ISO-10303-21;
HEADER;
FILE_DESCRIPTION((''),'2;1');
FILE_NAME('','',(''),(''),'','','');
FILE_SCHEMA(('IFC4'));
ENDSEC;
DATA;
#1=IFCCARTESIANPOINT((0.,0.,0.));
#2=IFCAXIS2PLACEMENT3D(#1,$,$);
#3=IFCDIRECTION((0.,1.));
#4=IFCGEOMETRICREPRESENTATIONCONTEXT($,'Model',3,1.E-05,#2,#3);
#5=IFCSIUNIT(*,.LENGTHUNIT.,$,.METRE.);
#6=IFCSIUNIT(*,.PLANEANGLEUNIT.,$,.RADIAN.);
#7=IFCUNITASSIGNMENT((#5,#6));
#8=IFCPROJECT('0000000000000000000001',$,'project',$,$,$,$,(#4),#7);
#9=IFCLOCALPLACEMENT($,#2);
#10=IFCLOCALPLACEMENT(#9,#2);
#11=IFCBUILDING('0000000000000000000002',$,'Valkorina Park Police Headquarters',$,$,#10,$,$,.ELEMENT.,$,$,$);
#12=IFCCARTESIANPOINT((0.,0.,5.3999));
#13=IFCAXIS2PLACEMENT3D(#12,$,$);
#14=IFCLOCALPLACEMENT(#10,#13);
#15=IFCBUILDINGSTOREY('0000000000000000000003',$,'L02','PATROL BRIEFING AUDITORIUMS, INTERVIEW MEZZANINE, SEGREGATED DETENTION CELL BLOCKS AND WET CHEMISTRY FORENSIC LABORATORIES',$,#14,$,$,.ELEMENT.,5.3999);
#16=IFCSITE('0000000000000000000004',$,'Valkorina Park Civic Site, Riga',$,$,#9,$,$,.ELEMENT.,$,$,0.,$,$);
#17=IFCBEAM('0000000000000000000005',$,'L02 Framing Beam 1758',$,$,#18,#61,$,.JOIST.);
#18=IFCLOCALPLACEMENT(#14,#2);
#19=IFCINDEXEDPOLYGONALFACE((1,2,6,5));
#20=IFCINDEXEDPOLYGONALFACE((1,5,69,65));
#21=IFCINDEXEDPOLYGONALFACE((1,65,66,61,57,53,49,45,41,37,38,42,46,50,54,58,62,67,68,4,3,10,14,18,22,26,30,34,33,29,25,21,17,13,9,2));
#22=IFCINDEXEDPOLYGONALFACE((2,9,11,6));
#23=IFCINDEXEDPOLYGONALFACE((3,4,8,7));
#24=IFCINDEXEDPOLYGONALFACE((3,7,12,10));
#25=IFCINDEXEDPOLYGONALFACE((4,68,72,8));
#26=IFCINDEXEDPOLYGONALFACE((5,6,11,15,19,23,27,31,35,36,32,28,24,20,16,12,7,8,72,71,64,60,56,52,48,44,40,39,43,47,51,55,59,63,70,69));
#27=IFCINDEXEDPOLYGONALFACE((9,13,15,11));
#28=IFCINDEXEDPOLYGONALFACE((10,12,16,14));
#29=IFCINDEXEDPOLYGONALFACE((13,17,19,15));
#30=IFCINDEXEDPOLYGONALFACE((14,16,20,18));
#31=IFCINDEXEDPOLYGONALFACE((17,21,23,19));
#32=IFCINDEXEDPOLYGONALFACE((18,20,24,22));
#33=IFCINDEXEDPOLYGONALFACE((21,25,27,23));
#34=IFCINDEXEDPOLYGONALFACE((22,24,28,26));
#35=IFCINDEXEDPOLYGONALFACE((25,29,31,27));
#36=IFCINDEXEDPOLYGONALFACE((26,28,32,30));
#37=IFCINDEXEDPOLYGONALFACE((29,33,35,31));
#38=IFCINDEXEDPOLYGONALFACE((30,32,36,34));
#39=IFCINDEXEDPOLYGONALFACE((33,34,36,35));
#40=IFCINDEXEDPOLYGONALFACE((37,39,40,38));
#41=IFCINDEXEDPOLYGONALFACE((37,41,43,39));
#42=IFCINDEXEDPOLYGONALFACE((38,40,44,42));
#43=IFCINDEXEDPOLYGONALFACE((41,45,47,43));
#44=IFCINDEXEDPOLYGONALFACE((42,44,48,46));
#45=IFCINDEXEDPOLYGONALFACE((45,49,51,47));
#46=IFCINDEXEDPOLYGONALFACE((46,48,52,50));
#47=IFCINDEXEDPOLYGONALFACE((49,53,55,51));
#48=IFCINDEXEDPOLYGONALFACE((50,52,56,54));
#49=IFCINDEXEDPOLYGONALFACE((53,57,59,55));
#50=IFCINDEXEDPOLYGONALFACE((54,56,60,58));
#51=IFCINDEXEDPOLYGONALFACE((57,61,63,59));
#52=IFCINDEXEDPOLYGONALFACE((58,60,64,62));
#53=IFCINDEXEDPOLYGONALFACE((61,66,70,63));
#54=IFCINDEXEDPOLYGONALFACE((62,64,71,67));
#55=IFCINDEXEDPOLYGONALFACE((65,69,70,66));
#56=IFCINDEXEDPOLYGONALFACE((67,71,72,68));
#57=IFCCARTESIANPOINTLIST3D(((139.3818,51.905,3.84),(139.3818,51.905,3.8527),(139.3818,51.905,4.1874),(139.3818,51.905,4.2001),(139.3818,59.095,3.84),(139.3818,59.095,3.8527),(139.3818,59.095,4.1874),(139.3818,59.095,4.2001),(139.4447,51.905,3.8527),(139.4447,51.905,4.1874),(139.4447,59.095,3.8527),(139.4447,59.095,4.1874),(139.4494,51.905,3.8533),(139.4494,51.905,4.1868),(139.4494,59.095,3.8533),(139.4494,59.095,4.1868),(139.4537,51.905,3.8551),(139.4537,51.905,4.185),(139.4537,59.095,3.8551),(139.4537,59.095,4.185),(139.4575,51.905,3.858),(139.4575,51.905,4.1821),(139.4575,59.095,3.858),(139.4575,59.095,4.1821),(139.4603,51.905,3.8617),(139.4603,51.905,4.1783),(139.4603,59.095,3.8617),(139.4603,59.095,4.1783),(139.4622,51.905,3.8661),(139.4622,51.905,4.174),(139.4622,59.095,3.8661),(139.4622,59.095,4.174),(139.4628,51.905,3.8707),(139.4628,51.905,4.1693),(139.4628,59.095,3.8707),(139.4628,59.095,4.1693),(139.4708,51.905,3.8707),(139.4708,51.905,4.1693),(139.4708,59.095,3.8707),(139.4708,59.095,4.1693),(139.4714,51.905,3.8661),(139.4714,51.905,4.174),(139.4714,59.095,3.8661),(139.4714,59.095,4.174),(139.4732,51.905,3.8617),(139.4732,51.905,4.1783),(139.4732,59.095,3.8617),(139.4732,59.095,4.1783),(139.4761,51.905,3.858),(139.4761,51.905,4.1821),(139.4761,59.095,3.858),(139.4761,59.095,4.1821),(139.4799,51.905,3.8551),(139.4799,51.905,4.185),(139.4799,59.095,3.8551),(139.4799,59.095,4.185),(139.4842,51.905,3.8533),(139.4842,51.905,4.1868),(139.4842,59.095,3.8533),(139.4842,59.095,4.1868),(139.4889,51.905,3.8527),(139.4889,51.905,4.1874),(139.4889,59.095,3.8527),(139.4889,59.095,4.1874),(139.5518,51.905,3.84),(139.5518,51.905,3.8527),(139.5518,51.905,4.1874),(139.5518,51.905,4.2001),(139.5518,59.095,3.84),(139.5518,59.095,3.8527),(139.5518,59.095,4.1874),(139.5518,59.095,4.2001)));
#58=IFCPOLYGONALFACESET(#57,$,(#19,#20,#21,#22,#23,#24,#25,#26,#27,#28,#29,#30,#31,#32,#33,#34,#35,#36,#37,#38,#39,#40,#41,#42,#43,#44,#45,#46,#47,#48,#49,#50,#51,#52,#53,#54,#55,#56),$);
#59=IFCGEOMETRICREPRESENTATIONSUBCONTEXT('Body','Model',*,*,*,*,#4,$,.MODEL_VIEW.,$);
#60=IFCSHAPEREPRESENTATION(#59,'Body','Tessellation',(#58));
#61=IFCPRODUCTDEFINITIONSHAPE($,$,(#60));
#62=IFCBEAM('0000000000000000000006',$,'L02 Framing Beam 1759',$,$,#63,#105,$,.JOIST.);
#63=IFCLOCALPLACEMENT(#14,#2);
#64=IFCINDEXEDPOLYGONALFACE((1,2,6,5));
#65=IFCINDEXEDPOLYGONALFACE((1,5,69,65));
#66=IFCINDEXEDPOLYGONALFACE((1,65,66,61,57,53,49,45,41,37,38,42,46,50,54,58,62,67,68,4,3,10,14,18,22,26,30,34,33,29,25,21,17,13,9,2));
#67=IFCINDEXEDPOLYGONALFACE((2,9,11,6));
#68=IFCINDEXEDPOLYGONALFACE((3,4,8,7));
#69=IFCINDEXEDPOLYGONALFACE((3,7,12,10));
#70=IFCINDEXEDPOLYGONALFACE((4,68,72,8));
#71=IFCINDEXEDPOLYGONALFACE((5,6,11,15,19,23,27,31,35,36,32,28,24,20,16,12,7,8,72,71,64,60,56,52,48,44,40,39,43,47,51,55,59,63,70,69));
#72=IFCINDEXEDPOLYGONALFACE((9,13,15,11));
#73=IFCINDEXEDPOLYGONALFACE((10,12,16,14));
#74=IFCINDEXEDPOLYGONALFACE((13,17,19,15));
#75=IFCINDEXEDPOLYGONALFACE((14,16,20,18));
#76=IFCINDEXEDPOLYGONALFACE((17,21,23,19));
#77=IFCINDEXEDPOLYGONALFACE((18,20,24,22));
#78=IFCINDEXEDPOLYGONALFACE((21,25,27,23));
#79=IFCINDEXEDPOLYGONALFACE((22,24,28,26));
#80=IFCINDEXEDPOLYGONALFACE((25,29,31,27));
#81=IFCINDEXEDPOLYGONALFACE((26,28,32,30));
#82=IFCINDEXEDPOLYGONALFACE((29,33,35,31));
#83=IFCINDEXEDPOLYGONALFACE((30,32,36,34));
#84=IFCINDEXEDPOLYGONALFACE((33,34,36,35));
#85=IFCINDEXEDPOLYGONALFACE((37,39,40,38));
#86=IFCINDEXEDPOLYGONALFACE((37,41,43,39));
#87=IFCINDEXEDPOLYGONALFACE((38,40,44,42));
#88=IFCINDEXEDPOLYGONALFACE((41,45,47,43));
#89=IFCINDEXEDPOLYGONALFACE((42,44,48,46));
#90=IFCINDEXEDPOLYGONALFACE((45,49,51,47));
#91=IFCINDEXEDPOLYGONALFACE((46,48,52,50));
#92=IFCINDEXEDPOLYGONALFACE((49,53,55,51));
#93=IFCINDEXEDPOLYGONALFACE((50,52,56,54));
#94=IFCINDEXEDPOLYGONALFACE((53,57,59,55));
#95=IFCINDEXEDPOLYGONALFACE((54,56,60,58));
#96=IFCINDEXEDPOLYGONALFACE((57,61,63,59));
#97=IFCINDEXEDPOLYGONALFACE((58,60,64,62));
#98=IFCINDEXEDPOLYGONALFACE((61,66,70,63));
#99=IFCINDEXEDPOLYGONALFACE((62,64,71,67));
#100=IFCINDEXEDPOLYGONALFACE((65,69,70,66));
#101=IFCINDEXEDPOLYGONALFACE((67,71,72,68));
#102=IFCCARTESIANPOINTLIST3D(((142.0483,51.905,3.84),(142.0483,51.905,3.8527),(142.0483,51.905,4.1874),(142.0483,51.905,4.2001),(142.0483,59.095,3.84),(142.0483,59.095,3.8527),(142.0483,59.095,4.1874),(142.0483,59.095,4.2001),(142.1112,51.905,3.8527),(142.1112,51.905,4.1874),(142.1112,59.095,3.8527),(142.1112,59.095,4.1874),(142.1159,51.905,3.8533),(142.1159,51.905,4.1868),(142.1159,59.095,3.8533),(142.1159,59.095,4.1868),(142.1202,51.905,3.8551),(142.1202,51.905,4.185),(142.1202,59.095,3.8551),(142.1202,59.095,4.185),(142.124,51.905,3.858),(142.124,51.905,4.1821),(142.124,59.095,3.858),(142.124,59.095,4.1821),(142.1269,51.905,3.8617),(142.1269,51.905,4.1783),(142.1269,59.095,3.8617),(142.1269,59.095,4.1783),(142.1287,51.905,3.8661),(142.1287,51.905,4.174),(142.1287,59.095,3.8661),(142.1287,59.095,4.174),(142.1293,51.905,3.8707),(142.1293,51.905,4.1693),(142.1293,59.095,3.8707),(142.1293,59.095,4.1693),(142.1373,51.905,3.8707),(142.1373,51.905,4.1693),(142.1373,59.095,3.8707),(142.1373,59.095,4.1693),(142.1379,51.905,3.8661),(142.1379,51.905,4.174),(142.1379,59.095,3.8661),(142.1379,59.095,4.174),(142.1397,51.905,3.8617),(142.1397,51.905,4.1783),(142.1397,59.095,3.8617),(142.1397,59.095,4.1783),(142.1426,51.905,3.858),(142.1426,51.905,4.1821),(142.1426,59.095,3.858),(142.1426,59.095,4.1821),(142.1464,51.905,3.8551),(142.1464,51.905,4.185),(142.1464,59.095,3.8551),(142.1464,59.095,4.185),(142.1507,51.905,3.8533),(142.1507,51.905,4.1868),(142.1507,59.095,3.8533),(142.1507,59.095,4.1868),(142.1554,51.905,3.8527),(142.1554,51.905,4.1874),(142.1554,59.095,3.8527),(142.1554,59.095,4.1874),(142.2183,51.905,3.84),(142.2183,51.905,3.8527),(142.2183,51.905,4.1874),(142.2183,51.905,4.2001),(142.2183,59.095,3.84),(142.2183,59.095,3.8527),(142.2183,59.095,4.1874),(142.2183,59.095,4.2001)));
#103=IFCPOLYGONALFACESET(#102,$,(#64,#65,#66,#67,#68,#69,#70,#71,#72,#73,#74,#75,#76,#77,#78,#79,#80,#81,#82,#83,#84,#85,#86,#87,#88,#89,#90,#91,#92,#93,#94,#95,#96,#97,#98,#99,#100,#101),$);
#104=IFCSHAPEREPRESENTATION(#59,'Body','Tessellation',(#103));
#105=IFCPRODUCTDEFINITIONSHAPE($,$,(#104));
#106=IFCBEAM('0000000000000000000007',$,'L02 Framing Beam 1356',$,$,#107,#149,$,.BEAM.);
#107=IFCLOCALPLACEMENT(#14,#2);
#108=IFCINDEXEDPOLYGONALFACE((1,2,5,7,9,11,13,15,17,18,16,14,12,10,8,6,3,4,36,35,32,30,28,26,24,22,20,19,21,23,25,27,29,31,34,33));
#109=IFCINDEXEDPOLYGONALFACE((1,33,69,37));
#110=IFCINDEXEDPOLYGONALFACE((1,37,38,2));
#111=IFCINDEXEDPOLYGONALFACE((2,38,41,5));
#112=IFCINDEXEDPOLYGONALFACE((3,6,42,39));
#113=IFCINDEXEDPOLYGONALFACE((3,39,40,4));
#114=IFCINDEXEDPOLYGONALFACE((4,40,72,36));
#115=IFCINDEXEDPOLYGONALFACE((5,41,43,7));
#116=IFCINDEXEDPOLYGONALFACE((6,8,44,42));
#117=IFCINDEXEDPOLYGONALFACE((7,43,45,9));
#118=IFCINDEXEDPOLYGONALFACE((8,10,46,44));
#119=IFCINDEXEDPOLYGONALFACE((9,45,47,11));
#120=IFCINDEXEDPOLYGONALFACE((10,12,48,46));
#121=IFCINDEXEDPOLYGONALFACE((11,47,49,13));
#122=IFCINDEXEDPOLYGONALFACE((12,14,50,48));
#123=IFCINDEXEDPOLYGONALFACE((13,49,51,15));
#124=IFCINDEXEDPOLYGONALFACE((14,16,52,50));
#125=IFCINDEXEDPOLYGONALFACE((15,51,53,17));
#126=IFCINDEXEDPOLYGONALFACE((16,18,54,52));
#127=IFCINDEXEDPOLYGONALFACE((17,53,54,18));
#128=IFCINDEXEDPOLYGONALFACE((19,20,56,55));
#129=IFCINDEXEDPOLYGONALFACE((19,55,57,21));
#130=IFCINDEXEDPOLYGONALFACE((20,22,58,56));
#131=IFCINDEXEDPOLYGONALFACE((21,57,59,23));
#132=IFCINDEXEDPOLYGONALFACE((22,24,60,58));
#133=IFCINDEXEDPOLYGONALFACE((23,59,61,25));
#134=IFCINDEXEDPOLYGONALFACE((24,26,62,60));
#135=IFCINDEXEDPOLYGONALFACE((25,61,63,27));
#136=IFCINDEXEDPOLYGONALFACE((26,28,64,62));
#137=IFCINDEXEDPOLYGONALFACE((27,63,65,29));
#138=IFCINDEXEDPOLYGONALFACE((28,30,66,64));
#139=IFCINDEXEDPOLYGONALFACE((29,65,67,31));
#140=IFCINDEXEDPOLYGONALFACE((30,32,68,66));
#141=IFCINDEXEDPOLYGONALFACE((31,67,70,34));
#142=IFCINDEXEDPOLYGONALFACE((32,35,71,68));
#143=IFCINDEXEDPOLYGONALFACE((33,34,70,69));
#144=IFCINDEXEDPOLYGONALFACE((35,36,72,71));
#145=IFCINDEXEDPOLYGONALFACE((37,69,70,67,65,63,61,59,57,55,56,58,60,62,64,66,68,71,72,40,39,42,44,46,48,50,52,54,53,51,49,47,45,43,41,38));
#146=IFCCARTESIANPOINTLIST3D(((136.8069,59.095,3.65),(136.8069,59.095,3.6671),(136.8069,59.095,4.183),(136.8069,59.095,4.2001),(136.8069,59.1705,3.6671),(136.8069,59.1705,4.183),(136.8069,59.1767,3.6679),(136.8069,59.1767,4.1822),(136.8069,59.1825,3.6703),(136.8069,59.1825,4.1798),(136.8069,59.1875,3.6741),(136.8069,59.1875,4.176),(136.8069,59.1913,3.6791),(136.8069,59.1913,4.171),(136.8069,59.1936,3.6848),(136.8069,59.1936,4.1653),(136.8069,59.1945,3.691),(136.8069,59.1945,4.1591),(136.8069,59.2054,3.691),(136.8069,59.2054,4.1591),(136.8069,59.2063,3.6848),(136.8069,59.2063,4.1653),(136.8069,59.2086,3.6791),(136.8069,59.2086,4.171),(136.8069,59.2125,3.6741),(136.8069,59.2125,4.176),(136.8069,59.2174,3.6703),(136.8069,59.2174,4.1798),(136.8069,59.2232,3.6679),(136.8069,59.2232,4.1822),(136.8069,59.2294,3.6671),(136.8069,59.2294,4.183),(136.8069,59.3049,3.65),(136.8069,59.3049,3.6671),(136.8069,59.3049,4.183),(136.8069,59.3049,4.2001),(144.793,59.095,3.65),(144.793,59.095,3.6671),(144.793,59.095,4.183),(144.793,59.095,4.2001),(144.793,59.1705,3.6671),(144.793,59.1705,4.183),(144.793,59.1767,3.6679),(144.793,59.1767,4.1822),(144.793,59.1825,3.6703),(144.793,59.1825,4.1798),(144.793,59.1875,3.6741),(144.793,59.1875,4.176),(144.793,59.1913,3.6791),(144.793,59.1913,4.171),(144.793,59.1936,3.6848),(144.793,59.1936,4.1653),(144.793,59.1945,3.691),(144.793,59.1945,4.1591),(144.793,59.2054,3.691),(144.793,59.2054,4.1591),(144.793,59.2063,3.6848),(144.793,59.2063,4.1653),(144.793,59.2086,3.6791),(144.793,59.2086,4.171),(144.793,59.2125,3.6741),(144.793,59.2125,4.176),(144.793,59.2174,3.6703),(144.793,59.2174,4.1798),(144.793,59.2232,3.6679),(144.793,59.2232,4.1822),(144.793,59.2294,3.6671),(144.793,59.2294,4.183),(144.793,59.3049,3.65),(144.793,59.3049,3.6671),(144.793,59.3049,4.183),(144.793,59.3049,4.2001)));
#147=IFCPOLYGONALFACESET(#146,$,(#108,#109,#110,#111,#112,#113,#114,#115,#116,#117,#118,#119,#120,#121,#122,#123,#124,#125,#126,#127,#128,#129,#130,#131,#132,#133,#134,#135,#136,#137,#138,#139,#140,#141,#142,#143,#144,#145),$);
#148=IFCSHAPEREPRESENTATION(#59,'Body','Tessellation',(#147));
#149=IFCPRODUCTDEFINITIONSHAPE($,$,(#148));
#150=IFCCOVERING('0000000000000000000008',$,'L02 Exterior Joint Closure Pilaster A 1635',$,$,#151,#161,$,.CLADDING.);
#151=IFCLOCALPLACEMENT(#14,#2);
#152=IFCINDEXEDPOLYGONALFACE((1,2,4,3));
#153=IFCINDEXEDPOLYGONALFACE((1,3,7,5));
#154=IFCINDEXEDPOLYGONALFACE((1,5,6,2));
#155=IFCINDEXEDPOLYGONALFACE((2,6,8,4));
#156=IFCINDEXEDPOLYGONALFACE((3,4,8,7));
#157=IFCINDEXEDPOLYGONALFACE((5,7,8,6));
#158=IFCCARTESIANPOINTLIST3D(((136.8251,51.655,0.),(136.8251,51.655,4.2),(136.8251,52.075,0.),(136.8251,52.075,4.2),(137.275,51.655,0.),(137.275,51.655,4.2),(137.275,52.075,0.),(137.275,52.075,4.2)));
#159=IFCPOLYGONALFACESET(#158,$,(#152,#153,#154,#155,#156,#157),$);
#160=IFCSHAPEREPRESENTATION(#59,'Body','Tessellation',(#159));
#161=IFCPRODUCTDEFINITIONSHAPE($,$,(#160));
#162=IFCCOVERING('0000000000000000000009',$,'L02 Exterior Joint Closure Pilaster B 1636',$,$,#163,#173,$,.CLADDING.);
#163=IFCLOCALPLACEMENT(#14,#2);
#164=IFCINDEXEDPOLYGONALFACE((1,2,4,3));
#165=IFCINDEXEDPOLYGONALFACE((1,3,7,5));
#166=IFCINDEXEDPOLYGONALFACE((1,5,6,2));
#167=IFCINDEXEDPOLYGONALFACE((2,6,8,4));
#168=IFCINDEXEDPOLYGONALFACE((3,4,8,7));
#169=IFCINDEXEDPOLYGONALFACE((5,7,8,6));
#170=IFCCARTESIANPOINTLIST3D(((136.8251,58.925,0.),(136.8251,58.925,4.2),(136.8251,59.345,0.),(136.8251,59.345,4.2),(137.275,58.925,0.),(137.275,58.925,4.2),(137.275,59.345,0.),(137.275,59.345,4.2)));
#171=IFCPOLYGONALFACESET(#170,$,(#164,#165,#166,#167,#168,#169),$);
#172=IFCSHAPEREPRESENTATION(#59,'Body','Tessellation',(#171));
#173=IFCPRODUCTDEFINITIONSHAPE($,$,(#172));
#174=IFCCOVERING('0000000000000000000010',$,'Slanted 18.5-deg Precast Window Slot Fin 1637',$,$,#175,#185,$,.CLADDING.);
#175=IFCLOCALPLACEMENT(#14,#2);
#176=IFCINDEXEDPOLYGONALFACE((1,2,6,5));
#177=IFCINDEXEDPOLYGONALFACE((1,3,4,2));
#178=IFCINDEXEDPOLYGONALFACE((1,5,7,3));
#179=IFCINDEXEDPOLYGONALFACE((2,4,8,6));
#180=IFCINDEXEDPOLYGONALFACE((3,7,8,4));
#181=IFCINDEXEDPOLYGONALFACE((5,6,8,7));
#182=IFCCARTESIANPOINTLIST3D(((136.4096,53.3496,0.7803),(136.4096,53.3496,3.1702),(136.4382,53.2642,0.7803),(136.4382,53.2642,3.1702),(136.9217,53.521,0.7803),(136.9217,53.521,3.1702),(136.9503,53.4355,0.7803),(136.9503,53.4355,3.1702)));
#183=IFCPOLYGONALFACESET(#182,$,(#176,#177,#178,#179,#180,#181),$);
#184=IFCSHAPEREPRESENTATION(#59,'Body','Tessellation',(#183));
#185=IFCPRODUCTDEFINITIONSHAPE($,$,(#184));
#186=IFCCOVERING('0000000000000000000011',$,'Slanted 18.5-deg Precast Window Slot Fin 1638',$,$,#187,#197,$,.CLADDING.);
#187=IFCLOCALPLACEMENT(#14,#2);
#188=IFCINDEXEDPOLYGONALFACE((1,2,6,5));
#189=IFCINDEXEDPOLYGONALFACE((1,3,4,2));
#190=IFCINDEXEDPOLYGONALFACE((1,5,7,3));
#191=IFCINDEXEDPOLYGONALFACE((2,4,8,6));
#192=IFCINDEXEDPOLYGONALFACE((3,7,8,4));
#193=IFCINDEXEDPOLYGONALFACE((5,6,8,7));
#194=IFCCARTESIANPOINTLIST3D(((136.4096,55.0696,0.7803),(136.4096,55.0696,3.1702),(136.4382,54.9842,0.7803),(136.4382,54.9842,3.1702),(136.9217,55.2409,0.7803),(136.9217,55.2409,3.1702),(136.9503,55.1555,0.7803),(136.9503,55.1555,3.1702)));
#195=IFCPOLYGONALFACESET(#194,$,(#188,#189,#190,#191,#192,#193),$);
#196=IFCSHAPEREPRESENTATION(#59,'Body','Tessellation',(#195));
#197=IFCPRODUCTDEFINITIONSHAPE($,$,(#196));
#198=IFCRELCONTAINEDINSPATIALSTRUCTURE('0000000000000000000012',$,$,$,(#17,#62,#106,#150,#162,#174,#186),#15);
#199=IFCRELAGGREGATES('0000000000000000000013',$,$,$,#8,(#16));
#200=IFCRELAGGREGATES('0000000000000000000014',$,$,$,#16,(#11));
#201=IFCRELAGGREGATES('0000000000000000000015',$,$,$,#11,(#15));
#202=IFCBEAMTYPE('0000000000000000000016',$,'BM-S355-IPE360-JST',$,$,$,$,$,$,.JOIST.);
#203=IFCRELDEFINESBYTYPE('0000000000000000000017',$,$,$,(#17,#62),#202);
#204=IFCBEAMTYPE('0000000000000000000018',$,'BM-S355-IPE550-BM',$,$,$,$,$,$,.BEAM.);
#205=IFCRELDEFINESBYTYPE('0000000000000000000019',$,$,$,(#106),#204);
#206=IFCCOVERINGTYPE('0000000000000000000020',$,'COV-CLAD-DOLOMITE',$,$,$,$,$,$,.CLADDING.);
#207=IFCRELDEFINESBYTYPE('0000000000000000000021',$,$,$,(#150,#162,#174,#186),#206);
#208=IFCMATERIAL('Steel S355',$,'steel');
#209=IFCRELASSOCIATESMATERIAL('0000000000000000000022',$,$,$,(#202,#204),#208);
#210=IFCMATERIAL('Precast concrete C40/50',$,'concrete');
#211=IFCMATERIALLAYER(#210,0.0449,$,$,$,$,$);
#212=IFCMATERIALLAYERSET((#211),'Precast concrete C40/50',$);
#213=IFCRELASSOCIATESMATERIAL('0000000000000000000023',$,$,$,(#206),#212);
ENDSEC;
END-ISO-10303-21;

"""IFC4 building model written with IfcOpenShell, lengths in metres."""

from ifc_helpers import new_model, si_unit, direction, frame, origin, origin_2d, place, context, subcontext, project, spatial, rectangle, i_section, extrude, material, layer, layer_set, material_profile, profile_set, type_object, element, save


model = new_model("IFC4")

# Units and contexts
model_context = context("Model", 3, precision=1e-05, world=origin(), true_north=direction((0.0, 1.0)))
body_context = subcontext(model_context, "Body", "Model", "MODEL_VIEW")
ifc_project = project(units=[si_unit("LENGTHUNIT", "METRE"), si_unit("PLANEANGLEUNIT", "RADIAN")], contexts=[model_context])

# Site, building, storey
site_placement = place(None, origin())
site = spatial("IfcSite", under=ifc_project, at=site_placement, Name="Valkorina Park Civic Site, Riga", CompositionType="ELEMENT", RefElevation=0.0)
building_placement = place(site_placement, origin())
building = spatial("IfcBuilding", under=site, at=building_placement, Name="Valkorina Park Police Headquarters", CompositionType="ELEMENT")
storey_placement = place(building_placement, frame((0.0, 0.0, 5.3999)))
storey = spatial("IfcBuildingStorey", under=building, at=storey_placement, Name="L02", Description="PATROL BRIEFING AUDITORIUMS, INTERVIEW MEZZANINE, SEGREGATED DETENTION CELL BLOCKS AND WET CHEMISTRY FORENSIC LABORATORIES", CompositionType="ELEMENT", Elevation=5.3999)

# Shared definitions
ifc_material_1 = material(Name="Steel S355", Category="steel")

# Beams
ifc_material_profile_1 = material_profile(ifc_material_1, i_section(OverallWidth=0.1699, OverallDepth=0.3601, WebThickness=0.0081, FlangeThickness=0.0127, FilletRadius=0.0181, at=origin_2d()), Name="IPE 360")
ifc_profile_set_1 = profile_set([ifc_material_profile_1], Name="Steel S355")
beam_type_1 = type_object("IfcBeamType", Name="BM-S355-IPE360-JST", PredefinedType="JOIST", material=ifc_profile_set_1)
for number, where, z_axis, x_axis, name in (
    (1, (139.4668, 51.905, 4.02), (0.0, 1.0, 0.0), (-1.0, 0.0, 0.0), "L02 Framing Beam 1758"),
    (2, (142.1333, 51.905, 4.02), (0.0, 1.0, 0.0), (-1.0, 0.0, 0.0), "L02 Framing Beam 1759"),
):
    element("IfcBeam", number, at=place(storey_placement, frame(where, z_axis=z_axis, x_axis=x_axis)), inside=storey, type_object=beam_type_1, Name=name, PredefinedType="JOIST", context=body_context, shape_type="SweptSolid", body=[
        extrude(i_section(OverallWidth=0.1699, OverallDepth=0.3601, WebThickness=0.0081, FlangeThickness=0.0127, FilletRadius=0.0181, at=origin_2d()), origin(), (0.0, 0.0, 1.0), 7.1899),
    ])
ifc_material_profile_2 = material_profile(ifc_material_1, i_section(OverallWidth=0.21, OverallDepth=0.55, WebThickness=0.011, FlangeThickness=0.0171, FilletRadius=0.0239, at=origin_2d()), Name="IPE 550")
ifc_profile_set_2 = profile_set([ifc_material_profile_2], Name="Steel S355")
beam_type_2 = type_object("IfcBeamType", Name="BM-S355-IPE550-BM", PredefinedType="BEAM", material=ifc_profile_set_2)
beam_1_placement = place(storey_placement, frame((136.8069, 59.2, 3.925), z_axis=(1.0, 0.0, 0.0), x_axis=(0.0, 1.0, 0.0)))
element("IfcBeam", 3, at=beam_1_placement, inside=storey, type_object=beam_type_2, Name="L02 Framing Beam 1356", PredefinedType="BEAM", context=body_context, shape_type="SweptSolid", body=[
    extrude(i_section(OverallWidth=0.21, OverallDepth=0.55, WebThickness=0.011, FlangeThickness=0.0171, FilletRadius=0.0239, at=origin_2d()), origin(), (0.0, 0.0, 1.0), 7.9861),
])

# Coverings
ifc_material_2 = material(Name="Precast concrete C40/50", Category="concrete")
ifc_layer = layer(ifc_material_2, 0.0449)
ifc_layer_set = layer_set([ifc_layer], Name="Precast concrete C40/50")
covering_type = type_object("IfcCoveringType", Name="COV-CLAD-DOLOMITE", PredefinedType="CLADDING", material=ifc_layer_set)
for number, where, z_axis, x_axis, name in (
    (4, (137.05, 51.865, 0.0), (0.0, 0.0, 1.0), (0.0, 1.0, 0.0), "L02 Exterior Joint Closure Pilaster A 1635"),
    (5, (137.05, 59.135, 0.0), (0.0, 0.0, 1.0), (0.0, 1.0, 0.0), "L02 Exterior Joint Closure Pilaster B 1636"),
):
    element("IfcCovering", number, at=place(storey_placement, frame(where, z_axis=z_axis, x_axis=x_axis)), inside=storey, type_object=covering_type, Name=name, PredefinedType="CLADDING", context=body_context, shape_type="SweptSolid", body=[
        extrude(rectangle(XDim=0.4199, YDim=0.45, at=origin_2d()), origin(), (0.0, 0.0, 1.0), 4.2),
    ])
for number, where, z_axis, x_axis, name in (
    (6, (136.6799, 53.3926, 0.7803), (0.0, 0.0, 1.0), (-0.948324, -0.317305, 0.0), "Slanted 18.5-deg Precast Window Slot Fin 1637"),
    (7, (136.6799, 55.1125, 0.7803), (0.0, 0.0, 1.0), (-0.948324, -0.317305, 0.0), "Slanted 18.5-deg Precast Window Slot Fin 1638"),
):
    element("IfcCovering", number, at=place(storey_placement, frame(where, z_axis=z_axis, x_axis=x_axis)), inside=storey, type_object=covering_type, Name=name, PredefinedType="CLADDING", context=body_context, shape_type="SweptSolid", body=[
        extrude(rectangle(XDim=0.54, YDim=0.0901, at=origin_2d()), origin(), (0.0, 0.0, 1.0), 2.3899),
    ])

save(model, "model.ifc")
